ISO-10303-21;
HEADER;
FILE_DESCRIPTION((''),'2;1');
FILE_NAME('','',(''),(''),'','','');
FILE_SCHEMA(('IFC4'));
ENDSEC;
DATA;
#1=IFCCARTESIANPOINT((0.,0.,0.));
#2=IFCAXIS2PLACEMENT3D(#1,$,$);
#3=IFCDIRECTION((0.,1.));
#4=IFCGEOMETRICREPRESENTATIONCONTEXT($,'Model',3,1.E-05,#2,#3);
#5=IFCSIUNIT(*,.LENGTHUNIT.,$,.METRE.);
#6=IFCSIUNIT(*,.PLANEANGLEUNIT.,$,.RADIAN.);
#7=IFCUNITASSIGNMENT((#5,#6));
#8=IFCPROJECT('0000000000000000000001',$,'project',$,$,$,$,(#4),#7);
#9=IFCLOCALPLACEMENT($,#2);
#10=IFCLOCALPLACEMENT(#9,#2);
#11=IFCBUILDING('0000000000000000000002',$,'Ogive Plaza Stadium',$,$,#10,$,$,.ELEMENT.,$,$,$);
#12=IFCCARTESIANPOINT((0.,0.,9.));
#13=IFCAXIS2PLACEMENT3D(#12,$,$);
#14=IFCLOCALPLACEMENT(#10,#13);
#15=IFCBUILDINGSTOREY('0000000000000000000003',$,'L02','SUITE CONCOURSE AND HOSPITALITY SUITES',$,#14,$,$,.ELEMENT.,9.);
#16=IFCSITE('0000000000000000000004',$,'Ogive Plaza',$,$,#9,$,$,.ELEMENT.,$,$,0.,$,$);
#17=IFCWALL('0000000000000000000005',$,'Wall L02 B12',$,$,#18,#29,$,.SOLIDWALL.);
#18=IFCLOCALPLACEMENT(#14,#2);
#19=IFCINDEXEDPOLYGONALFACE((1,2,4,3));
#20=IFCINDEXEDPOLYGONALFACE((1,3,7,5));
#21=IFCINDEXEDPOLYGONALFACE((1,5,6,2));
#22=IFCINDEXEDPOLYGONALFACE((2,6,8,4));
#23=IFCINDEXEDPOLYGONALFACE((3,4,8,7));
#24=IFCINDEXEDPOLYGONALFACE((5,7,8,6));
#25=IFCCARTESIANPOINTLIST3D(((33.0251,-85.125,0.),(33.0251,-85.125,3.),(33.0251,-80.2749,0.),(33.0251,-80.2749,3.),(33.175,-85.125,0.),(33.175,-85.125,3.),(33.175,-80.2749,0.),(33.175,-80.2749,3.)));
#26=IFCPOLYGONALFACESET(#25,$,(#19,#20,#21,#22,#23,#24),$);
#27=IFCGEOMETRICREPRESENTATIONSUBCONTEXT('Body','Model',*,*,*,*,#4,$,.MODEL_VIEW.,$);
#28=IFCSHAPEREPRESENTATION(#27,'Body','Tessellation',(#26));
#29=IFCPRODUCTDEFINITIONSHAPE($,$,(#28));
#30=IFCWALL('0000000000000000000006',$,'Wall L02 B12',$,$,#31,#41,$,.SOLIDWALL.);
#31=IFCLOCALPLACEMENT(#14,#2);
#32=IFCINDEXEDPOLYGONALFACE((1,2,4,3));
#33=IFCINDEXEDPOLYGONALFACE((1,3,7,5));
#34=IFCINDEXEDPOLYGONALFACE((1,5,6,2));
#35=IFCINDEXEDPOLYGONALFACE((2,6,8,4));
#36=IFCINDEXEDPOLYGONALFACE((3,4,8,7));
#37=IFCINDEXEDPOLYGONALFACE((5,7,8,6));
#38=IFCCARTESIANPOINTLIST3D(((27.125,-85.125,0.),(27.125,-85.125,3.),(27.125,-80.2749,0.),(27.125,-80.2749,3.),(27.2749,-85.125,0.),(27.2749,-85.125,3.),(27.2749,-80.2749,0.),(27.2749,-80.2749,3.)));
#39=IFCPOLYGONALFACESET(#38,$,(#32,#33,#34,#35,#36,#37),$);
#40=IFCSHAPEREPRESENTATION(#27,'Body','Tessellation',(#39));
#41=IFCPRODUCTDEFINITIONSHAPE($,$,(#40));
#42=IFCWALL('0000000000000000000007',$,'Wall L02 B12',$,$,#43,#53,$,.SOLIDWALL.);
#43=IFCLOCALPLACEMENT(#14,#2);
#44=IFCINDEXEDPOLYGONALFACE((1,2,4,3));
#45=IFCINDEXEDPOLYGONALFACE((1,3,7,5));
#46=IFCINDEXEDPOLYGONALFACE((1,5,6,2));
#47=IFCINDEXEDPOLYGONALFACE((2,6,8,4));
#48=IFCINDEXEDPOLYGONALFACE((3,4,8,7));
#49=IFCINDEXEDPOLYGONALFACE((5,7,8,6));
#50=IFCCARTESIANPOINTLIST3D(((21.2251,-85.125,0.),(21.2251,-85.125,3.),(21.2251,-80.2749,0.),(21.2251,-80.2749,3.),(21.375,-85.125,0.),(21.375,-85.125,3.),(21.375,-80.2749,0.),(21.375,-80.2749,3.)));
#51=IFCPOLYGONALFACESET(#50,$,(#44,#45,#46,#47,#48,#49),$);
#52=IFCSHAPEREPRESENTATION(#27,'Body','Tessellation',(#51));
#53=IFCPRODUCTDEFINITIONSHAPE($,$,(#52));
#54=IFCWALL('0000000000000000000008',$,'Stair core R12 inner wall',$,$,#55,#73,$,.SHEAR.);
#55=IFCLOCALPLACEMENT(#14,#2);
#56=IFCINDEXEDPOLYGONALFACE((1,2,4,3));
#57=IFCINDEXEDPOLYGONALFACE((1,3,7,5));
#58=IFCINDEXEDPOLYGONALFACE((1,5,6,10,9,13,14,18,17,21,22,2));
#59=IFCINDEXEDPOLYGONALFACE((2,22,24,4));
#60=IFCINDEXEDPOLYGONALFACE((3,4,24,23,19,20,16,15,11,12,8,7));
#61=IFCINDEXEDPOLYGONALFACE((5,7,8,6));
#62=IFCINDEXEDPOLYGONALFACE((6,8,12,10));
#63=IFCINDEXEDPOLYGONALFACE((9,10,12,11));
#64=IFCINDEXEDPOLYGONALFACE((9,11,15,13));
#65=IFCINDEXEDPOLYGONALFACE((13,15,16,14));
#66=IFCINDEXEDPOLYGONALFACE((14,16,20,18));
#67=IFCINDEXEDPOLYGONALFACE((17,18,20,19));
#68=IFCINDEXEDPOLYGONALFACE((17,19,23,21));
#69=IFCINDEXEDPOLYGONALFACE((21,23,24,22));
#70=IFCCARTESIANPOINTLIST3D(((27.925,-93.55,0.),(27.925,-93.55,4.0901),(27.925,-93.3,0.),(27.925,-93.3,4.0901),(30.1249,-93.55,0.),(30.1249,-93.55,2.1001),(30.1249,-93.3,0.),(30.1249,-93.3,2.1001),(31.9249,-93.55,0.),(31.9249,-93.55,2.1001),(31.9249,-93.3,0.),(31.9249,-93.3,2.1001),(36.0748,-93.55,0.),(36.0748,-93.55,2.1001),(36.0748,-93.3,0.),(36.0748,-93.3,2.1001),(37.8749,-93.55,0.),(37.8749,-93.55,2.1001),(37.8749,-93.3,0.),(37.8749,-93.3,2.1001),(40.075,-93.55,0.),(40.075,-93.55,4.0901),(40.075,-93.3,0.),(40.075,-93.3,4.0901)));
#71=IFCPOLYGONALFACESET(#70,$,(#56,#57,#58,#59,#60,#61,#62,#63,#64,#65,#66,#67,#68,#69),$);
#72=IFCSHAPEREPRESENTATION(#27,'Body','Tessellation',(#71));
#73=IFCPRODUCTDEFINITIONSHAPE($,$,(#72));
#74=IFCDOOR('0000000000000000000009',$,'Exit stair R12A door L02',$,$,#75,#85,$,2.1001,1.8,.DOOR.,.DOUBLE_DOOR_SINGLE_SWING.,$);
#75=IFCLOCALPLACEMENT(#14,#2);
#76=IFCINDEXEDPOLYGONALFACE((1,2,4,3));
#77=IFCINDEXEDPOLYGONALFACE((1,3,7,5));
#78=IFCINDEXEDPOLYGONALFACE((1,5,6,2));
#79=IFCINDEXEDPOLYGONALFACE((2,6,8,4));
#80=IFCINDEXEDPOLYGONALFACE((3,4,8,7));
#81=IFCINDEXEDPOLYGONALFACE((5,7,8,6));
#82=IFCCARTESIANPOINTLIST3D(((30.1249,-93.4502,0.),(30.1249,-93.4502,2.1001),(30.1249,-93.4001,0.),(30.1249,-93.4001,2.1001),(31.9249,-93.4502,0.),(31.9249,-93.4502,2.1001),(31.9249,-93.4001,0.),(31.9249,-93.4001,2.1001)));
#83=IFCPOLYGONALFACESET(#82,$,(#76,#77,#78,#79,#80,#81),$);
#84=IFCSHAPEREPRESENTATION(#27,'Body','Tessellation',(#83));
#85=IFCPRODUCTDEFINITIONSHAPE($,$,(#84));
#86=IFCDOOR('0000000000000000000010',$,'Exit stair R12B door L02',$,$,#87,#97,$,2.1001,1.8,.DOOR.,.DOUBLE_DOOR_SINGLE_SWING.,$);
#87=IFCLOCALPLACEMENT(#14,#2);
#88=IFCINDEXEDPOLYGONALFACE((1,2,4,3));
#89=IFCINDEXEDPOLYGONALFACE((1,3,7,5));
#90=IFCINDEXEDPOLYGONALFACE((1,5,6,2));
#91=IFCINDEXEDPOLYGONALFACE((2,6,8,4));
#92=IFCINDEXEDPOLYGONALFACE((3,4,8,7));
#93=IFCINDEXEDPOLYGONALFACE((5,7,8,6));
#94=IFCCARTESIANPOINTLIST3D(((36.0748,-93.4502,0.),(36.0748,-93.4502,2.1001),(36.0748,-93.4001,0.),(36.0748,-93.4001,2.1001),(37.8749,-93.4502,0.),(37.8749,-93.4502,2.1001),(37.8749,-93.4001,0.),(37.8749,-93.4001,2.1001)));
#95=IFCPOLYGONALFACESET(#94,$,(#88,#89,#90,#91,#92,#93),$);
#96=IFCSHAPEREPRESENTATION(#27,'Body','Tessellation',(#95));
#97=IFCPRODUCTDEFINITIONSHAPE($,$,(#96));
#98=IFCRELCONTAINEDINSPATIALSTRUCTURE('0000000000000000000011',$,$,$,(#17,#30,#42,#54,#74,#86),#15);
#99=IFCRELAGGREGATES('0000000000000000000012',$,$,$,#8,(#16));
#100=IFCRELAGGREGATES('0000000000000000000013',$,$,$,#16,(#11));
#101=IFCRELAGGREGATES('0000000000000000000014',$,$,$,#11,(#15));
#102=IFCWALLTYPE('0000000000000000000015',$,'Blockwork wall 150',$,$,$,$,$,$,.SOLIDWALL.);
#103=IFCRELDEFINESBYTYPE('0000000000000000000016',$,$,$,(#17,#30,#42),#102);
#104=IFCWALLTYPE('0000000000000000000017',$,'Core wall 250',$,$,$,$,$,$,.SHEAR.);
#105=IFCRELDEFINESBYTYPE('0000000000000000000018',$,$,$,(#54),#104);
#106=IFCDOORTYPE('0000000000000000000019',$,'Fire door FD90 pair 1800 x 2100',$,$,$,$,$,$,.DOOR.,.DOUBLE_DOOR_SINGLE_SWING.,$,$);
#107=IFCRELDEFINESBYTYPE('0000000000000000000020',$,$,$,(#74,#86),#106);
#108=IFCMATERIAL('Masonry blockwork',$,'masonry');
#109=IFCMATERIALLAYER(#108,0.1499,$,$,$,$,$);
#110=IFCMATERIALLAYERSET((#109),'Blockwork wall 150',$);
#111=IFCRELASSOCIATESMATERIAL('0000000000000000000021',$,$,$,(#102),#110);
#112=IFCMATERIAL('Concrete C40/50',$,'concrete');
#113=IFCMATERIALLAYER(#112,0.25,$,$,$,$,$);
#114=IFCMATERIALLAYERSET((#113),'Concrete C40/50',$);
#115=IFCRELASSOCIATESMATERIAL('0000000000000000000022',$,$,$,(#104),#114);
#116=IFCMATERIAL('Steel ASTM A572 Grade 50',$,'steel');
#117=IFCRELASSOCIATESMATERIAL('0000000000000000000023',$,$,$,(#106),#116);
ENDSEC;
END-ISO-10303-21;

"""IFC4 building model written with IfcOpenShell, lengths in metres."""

from ifc_helpers import new_model, si_unit, direction, frame, frame_2d, origin, place, context, subcontext, project, spatial, rectangle, extrude, material, layer, layer_set, type_object, element, fill, save


model = new_model("IFC4")

# Units and contexts
model_context = context("Model", 3, precision=1e-05, world=origin(), true_north=direction((0.0, 1.0)))
body_context = subcontext(model_context, "Body", "Model", "MODEL_VIEW")
ifc_project = project(units=[si_unit("LENGTHUNIT", "METRE"), si_unit("PLANEANGLEUNIT", "RADIAN")], contexts=[model_context])

# Site, building, storey
site_placement = place(None, origin())
site = spatial("IfcSite", under=ifc_project, at=site_placement, Name="Ogive Plaza", CompositionType="ELEMENT", RefElevation=0.0)
building_placement = place(site_placement, origin())
building = spatial("IfcBuilding", under=site, at=building_placement, Name="Ogive Plaza Stadium", CompositionType="ELEMENT")
storey_placement = place(building_placement, frame((0.0, 0.0, 9.0)))
storey = spatial("IfcBuildingStorey", under=building, at=storey_placement, Name="L02", Description="SUITE CONCOURSE AND HOSPITALITY SUITES", CompositionType="ELEMENT", Elevation=9.0)

# Shared definitions
ifc_material_1 = material(Name="Masonry blockwork", Category="masonry")
ifc_layer_1 = layer(ifc_material_1, 0.1499)
ifc_layer_set_1 = layer_set([ifc_layer_1], Name="Blockwork wall 150")
wall_type_1 = type_object("IfcWallType", Name="Blockwork wall 150", PredefinedType="SOLIDWALL", material=ifc_layer_set_1)

# Walls
for number, where, z_axis, x_axis, name in (
    (1, (33.1001, -80.2749, 0.0), (0.0, 0.0, 1.0), (0.0, -1.0, 0.0), "Wall L02 B12"),
    (2, (27.2, -80.2749, 0.0), (0.0, 0.0, 1.0), (0.0, -1.0, 0.0), "Wall L02 B12"),
    (3, (21.3, -80.2749, 0.0), (0.0, 0.0, 1.0), (0.0, -1.0, 0.0), "Wall L02 B12"),
):
    element("IfcWall", number, at=place(storey_placement, frame(where, z_axis=z_axis, x_axis=x_axis)), inside=storey, type_object=wall_type_1, Name=name, PredefinedType="SOLIDWALL", context=body_context, shape_type="SweptSolid", body=[
        extrude(rectangle(XDim=4.8501, YDim=0.1499, at=frame_2d((2.425, 0.0))), origin(), (0.0, 0.0, 1.0), 3.0),
    ])

# Wall, openings, doors
ifc_material_2 = material(Name="Concrete C40/50", Category="concrete")
ifc_layer_2 = layer(ifc_material_2, 0.25)
ifc_layer_set_2 = layer_set([ifc_layer_2], Name="Concrete C40/50")
wall_type_2 = type_object("IfcWallType", Name="Core wall 250", PredefinedType="SHEAR", material=ifc_layer_set_2)
wall_1_placement = place(storey_placement, frame((27.925, -93.425, 0.0), z_axis=(0.0, 0.0, 1.0), x_axis=(1.0, 0.0, 0.0)))
wall_1 = element("IfcWall", 4, at=wall_1_placement, inside=storey, type_object=wall_type_2, Name="Stair core R12 inner wall", PredefinedType="SHEAR", context=body_context, shape_type="SweptSolid", body=[
    extrude(rectangle(XDim=12.1499, YDim=0.25, at=frame_2d((6.075, 0.0))), origin(), (0.0, 0.0, 1.0), 4.0901),
])
opening_1_placement = place(wall_1_placement, frame((2.2, 0.0, 0.0)))
opening_1 = element("IfcOpeningElement", 5, at=opening_1_placement, cuts=wall_1, PredefinedType="OPENING", context=body_context, shape_type="SweptSolid", body=[
    extrude(rectangle(XDim=1.8, YDim=2.1001, at=frame_2d((0.8999, 1.05))), frame((0.0, 0.125, 0.0), z_axis=(0.0, -1.0, 0.0), x_axis=(1.0, 0.0, 0.0)), (0.0, 0.0, 1.0), 0.25),
])
opening_2_placement = place(wall_1_placement, frame((8.1499, 0.0, 0.0)))
opening_2 = element("IfcOpeningElement", 6, at=opening_2_placement, cuts=wall_1, PredefinedType="OPENING", context=body_context, shape_type="SweptSolid", body=[
    extrude(rectangle(XDim=1.8, YDim=2.1001, at=frame_2d((0.8999, 1.05))), frame((0.0, 0.125, 0.0), z_axis=(0.0, -1.0, 0.0), x_axis=(1.0, 0.0, 0.0)), (0.0, 0.0, 1.0), 0.25),
])
ifc_material_3 = material(Name="Steel ASTM A572 Grade 50", Category="steel")
door_type_1 = type_object("IfcDoorType", Name="Fire door FD90 pair 1800 x 2100", OperationType="DOUBLE_DOOR_SINGLE_SWING", PredefinedType="DOOR", material=ifc_material_3)
door_1_placement = place(opening_1_placement, origin())
door_1 = element("IfcDoor", 7, at=door_1_placement, inside=storey, type_object=door_type_1, Name="Exit stair R12A door L02", OperationType="DOUBLE_DOOR_SINGLE_SWING", OverallHeight=2.1001, OverallWidth=1.8, PredefinedType="DOOR", context=body_context, shape_type="SweptSolid", body=[
    extrude(rectangle(XDim=1.8, YDim=2.1001, at=frame_2d((0.8999, 1.05))), frame((0.0, 0.0249, 0.0), z_axis=(0.0, -1.0, 0.0), x_axis=(1.0, 0.0, 0.0)), (0.0, 0.0, 1.0), 0.05),
])
fill(opening_1, door_1)
door_2_placement = place(opening_2_placement, origin())
door_2 = element("IfcDoor", 8, at=door_2_placement, inside=storey, type_object=door_type_1, Name="Exit stair R12B door L02", OperationType="DOUBLE_DOOR_SINGLE_SWING", OverallHeight=2.1001, OverallWidth=1.8, PredefinedType="DOOR", context=body_context, shape_type="SweptSolid", body=[
    extrude(rectangle(XDim=1.8, YDim=2.1001, at=frame_2d((0.8999, 1.05))), frame((0.0, 0.0249, 0.0), z_axis=(0.0, -1.0, 0.0), x_axis=(1.0, 0.0, 0.0)), (0.0, 0.0, 1.0), 0.05),
])
fill(opening_2, door_2)

save(model, "model.ifc")
